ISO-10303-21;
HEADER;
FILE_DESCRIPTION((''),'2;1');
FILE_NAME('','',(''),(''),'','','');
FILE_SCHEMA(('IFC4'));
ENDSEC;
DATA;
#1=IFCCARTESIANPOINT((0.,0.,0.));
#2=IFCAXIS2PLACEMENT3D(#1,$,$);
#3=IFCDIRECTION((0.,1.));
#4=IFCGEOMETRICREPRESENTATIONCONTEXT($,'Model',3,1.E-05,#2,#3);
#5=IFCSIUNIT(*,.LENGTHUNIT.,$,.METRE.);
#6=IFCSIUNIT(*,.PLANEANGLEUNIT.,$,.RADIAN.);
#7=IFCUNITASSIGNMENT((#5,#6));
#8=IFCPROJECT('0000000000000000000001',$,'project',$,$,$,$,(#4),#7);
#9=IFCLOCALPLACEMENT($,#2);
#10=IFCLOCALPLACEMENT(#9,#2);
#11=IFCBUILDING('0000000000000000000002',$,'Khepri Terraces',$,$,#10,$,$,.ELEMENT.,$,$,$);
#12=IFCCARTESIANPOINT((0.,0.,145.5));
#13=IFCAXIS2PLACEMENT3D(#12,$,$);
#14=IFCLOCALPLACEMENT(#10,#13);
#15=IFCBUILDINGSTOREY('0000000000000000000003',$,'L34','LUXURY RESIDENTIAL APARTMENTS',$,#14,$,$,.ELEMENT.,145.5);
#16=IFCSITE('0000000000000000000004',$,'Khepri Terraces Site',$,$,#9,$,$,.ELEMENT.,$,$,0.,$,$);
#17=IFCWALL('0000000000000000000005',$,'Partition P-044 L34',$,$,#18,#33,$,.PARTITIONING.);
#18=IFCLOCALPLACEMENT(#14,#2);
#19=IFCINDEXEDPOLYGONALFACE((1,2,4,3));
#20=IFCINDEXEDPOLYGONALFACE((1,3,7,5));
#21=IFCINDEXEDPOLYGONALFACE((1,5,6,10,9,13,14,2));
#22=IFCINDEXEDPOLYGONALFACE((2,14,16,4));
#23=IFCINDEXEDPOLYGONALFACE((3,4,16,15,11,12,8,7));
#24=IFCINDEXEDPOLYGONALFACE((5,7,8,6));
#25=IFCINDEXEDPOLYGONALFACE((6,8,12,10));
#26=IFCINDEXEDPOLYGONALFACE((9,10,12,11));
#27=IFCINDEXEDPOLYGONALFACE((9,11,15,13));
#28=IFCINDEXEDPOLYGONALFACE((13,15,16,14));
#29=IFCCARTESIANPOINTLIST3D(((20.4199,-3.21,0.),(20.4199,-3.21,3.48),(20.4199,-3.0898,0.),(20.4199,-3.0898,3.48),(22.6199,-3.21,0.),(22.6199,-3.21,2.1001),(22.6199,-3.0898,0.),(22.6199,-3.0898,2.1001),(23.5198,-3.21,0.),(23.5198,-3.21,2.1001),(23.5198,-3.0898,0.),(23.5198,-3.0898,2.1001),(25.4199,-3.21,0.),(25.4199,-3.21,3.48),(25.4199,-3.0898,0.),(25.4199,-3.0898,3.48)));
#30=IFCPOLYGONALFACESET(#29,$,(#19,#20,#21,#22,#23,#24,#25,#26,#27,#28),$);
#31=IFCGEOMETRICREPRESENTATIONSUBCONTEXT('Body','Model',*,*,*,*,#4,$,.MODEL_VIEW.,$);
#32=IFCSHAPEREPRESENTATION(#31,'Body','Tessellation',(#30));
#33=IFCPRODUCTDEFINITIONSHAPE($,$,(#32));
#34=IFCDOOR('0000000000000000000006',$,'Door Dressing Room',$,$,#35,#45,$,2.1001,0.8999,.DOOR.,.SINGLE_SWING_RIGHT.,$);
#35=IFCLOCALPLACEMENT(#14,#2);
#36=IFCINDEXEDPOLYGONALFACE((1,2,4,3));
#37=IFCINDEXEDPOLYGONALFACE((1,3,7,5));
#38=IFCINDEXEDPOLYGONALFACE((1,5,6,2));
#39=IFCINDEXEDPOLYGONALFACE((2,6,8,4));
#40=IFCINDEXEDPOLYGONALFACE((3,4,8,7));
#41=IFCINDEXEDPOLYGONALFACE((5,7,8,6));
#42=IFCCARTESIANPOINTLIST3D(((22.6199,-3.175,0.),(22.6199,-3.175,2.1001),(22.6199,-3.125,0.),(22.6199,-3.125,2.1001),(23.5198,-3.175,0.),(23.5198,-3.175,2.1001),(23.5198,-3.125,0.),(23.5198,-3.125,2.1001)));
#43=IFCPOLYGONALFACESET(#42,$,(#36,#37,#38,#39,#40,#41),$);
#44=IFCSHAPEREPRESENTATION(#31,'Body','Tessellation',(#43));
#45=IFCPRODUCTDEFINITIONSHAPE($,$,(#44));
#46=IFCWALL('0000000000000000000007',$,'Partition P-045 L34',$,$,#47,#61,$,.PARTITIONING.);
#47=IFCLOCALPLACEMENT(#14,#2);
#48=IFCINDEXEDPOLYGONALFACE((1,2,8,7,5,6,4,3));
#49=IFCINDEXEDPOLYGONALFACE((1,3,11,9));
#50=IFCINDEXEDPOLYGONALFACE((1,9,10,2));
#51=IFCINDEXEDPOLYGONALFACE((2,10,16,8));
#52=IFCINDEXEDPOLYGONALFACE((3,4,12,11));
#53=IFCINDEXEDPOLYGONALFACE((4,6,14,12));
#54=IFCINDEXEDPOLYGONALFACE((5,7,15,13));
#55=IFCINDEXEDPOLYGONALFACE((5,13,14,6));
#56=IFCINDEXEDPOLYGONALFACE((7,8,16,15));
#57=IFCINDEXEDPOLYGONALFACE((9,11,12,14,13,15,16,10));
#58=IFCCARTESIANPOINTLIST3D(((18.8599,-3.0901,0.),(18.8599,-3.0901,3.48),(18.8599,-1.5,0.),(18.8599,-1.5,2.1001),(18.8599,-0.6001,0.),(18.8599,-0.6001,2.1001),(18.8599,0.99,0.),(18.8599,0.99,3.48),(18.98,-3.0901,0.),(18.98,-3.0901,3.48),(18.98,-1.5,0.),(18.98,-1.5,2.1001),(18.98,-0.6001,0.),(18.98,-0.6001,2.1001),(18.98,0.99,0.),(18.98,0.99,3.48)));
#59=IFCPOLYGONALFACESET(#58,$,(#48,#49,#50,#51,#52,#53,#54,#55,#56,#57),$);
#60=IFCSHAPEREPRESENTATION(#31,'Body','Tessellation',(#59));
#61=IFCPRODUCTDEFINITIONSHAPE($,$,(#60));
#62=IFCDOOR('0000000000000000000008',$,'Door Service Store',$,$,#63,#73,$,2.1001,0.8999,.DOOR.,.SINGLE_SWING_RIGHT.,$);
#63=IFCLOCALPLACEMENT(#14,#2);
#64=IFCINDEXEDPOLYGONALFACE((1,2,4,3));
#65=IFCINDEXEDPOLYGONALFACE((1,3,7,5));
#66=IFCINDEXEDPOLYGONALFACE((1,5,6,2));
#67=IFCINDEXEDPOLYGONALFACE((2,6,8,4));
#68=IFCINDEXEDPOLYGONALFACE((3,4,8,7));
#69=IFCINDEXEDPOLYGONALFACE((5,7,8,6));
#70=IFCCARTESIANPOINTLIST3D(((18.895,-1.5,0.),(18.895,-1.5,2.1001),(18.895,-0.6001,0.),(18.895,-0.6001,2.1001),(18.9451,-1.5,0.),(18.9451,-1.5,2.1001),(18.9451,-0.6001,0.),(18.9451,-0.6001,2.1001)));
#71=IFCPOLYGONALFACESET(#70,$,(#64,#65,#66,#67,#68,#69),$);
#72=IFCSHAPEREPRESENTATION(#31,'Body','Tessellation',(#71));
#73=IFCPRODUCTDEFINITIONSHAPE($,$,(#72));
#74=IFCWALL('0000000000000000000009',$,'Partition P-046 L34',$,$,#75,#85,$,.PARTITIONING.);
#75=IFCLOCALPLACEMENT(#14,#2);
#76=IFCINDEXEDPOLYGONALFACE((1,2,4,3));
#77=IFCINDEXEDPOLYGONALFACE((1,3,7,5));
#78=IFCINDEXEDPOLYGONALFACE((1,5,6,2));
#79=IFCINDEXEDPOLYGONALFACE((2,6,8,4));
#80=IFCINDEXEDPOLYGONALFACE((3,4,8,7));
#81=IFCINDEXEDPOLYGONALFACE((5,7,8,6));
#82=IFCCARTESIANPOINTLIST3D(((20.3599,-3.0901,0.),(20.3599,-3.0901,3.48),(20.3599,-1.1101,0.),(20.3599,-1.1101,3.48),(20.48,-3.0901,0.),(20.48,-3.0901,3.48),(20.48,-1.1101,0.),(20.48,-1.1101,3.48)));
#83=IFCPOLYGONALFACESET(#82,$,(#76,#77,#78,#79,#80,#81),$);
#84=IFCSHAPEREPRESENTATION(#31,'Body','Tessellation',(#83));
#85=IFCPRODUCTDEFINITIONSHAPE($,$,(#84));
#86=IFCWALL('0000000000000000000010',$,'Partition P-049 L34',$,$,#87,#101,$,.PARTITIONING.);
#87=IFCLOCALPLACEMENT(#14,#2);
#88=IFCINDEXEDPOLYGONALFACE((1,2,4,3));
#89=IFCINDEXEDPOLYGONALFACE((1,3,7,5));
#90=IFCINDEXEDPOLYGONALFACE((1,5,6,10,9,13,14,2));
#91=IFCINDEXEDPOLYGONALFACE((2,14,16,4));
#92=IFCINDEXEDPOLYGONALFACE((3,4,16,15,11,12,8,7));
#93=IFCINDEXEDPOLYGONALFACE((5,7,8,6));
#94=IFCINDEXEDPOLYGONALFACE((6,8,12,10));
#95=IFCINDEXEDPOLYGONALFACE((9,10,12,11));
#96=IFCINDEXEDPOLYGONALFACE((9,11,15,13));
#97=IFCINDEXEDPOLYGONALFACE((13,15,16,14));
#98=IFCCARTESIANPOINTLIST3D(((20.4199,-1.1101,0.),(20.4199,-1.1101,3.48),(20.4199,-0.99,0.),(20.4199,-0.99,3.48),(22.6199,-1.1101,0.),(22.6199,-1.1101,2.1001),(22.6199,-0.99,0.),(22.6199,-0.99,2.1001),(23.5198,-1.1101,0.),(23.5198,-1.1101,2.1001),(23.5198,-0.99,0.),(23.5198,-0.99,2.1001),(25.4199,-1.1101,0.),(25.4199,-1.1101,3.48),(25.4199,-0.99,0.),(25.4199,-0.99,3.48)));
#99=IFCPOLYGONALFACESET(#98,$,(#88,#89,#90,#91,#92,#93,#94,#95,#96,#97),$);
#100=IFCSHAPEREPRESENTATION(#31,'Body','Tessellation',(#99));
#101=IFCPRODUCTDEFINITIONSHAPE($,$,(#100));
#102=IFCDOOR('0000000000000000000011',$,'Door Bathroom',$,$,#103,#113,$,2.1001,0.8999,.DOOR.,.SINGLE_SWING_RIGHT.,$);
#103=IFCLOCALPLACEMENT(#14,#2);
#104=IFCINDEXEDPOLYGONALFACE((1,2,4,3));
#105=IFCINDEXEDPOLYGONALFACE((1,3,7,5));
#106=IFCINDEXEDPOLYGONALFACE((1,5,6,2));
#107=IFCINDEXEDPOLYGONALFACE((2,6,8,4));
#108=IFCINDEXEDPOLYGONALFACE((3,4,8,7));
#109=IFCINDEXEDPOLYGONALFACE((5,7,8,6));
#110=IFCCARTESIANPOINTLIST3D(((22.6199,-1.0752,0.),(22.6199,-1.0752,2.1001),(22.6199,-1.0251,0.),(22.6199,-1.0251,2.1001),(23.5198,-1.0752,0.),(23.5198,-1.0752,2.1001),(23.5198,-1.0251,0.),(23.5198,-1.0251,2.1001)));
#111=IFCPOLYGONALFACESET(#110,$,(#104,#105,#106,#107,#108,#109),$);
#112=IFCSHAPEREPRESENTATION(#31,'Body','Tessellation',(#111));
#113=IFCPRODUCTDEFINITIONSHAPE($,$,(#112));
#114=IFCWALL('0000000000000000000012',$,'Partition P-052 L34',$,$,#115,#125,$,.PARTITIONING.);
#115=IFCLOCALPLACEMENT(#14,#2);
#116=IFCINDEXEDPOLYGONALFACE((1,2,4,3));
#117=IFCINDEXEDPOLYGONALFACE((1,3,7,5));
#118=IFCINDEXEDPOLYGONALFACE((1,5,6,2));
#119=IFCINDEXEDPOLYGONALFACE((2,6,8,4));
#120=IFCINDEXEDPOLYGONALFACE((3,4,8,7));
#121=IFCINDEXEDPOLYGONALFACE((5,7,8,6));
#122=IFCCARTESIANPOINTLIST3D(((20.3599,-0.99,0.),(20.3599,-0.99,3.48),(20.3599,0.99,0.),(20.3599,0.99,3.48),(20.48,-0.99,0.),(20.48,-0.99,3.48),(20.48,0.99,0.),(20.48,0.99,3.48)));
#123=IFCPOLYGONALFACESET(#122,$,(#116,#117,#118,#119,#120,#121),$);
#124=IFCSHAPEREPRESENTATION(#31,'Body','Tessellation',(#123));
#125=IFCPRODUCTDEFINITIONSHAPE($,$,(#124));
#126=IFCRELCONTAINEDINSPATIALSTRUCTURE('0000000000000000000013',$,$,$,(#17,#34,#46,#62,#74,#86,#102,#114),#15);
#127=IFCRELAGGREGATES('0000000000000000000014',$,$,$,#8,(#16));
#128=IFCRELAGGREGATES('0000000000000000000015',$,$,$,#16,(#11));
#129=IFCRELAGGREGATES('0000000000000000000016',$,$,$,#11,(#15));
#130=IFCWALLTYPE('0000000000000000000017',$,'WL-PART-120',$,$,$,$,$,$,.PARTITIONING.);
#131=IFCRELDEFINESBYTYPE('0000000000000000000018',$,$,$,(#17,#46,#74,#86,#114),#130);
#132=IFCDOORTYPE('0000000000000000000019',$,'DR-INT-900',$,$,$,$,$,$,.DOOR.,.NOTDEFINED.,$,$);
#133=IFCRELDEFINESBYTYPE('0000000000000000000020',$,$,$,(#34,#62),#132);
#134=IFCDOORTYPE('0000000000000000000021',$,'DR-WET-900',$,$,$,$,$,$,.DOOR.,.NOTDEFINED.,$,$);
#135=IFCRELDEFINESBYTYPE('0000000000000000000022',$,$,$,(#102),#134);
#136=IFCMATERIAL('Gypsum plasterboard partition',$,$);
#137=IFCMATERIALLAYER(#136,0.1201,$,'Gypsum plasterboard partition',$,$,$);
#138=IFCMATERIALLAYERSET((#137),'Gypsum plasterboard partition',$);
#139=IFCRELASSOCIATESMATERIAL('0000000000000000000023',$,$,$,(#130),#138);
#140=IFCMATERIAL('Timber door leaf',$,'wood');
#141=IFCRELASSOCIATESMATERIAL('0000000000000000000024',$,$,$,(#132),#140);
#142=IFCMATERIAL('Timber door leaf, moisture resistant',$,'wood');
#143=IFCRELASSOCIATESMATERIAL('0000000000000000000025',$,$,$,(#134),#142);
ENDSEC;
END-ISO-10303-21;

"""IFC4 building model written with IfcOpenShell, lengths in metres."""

from ifc_helpers import new_model, si_unit, direction, frame, frame_2d, origin, place, context, subcontext, project, spatial, rectangle, extrude, material, layer, layer_set, type_object, element, fill, save


model = new_model("IFC4")

# Units and contexts
model_context = context("Model", 3, precision=1e-05, world=origin(), true_north=direction((0.0, 1.0)))
body_context = subcontext(model_context, "Body", "Model", "MODEL_VIEW")
ifc_project = project(units=[si_unit("LENGTHUNIT", "METRE"), si_unit("PLANEANGLEUNIT", "RADIAN")], contexts=[model_context])

# Site, building, storey
site_placement = place(None, origin())
site = spatial("IfcSite", under=ifc_project, at=site_placement, Name="Khepri Terraces Site", CompositionType="ELEMENT", RefElevation=0.0)
building_placement = place(site_placement, origin())
building = spatial("IfcBuilding", under=site, at=building_placement, Name="Khepri Terraces", CompositionType="ELEMENT")
storey_placement = place(building_placement, frame((0.0, 0.0, 145.5)))
storey = spatial("IfcBuildingStorey", under=building, at=storey_placement, Name="L34", Description="LUXURY RESIDENTIAL APARTMENTS", CompositionType="ELEMENT", Elevation=145.5)

# Shared definitions
ifc_material_1 = material(Name="Gypsum plasterboard partition")
ifc_layer_1 = layer(ifc_material_1, 0.1201, Name="Gypsum plasterboard partition")
ifc_layer_set_1 = layer_set([ifc_layer_1], Name="Gypsum plasterboard partition")
wall_type_1 = type_object("IfcWallType", Name="WL-PART-120", PredefinedType="PARTITIONING", material=ifc_layer_set_1)

# Shared definitions
ifc_material_2 = material(Name="Timber door leaf", Category="wood")
door_type_1 = type_object("IfcDoorType", Name="DR-INT-900", OperationType="NOTDEFINED", PredefinedType="DOOR", material=ifc_material_2)

# Walls, openings, doors
wall_1_placement = place(storey_placement, frame((20.4199, -3.1499, 0.0), z_axis=(0.0, 0.0, 1.0), x_axis=(1.0, 0.0, 0.0)))
wall_1 = element("IfcWall", 1, at=wall_1_placement, inside=storey, type_object=wall_type_1, Name="Partition P-044 L34", PredefinedType="PARTITIONING", context=body_context, shape_type="SweptSolid", body=[
    extrude(rectangle(XDim=5.0, YDim=0.1201, at=frame_2d((2.5, 0.0))), origin(), (0.0, 0.0, 1.0), 3.48),
])
opening_1_placement = place(wall_1_placement, frame((2.2, 0.0, 0.0)))
opening_1 = element("IfcOpeningElement", 2, at=opening_1_placement, cuts=wall_1, PredefinedType="OPENING", context=body_context, shape_type="SweptSolid", body=[
    extrude(rectangle(XDim=0.8999, YDim=2.1001, at=frame_2d((0.45, 1.05))), frame((0.0, 0.0701, 0.0), z_axis=(0.0, -1.0, 0.0), x_axis=(1.0, 0.0, 0.0)), (0.0, 0.0, 1.0), 0.1401),
])
door_1_placement = place(opening_1_placement, origin())
door_1 = element("IfcDoor", 3, at=door_1_placement, inside=storey, type_object=door_type_1, Name="Door Dressing Room", OperationType="SINGLE_SWING_RIGHT", OverallHeight=2.1001, OverallWidth=0.8999, PredefinedType="DOOR", context=body_context, shape_type="SweptSolid", body=[
    extrude(rectangle(XDim=0.8999, YDim=2.1001, at=frame_2d((0.45, 1.05))), frame((0.0, 0.0249, 0.0), z_axis=(0.0, -1.0, 0.0), x_axis=(1.0, 0.0, 0.0)), (0.0, 0.0, 1.0), 0.05),
])
fill(opening_1, door_1)
wall_2_placement = place(storey_placement, frame((18.9199, -3.0901, 0.0), z_axis=(0.0, 0.0, 1.0), x_axis=(0.0, 1.0, 0.0)))
wall_2 = element("IfcWall", 4, at=wall_2_placement, inside=storey, type_object=wall_type_1, Name="Partition P-045 L34", PredefinedType="PARTITIONING", context=body_context, shape_type="SweptSolid", body=[
    extrude(rectangle(XDim=4.0801, YDim=0.1201, at=frame_2d((2.04, 0.0))), origin(), (0.0, 0.0, 1.0), 3.48),
])
opening_2_placement = place(wall_2_placement, frame((1.5901, 0.0, 0.0)))
opening_2 = element("IfcOpeningElement", 5, at=opening_2_placement, cuts=wall_2, PredefinedType="OPENING", context=body_context, shape_type="SweptSolid", body=[
    extrude(rectangle(XDim=0.8999, YDim=2.1001, at=frame_2d((0.45, 1.05))), frame((0.0, 0.0701, 0.0), z_axis=(0.0, -1.0, 0.0), x_axis=(1.0, 0.0, 0.0)), (0.0, 0.0, 1.0), 0.1401),
])
door_2_placement = place(opening_2_placement, origin())
door_2 = element("IfcDoor", 6, at=door_2_placement, inside=storey, type_object=door_type_1, Name="Door Service Store", OperationType="SINGLE_SWING_RIGHT", OverallHeight=2.1001, OverallWidth=0.8999, PredefinedType="DOOR", context=body_context, shape_type="SweptSolid", body=[
    extrude(rectangle(XDim=0.8999, YDim=2.1001, at=frame_2d((0.45, 1.05))), frame((0.0, 0.0249, 0.0), z_axis=(0.0, -1.0, 0.0), x_axis=(1.0, 0.0, 0.0)), (0.0, 0.0, 1.0), 0.05),
])
fill(opening_2, door_2)

# Wall
wall_3_placement = place(storey_placement, frame((20.4199, -3.0901, 0.0), z_axis=(0.0, 0.0, 1.0), x_axis=(0.0, 1.0, 0.0)))
element("IfcWall", 7, at=wall_3_placement, inside=storey, type_object=wall_type_1, Name="Partition P-046 L34", PredefinedType="PARTITIONING", context=body_context, shape_type="SweptSolid", body=[
    extrude(rectangle(XDim=1.98, YDim=0.1201, at=frame_2d((0.99, 0.0))), origin(), (0.0, 0.0, 1.0), 3.48),
])

# Wall, opening, door
wall_4_placement = place(storey_placement, frame((20.4199, -1.05, 0.0), z_axis=(0.0, 0.0, 1.0), x_axis=(1.0, 0.0, 0.0)))
wall_4 = element("IfcWall", 8, at=wall_4_placement, inside=storey, type_object=wall_type_1, Name="Partition P-049 L34", PredefinedType="PARTITIONING", context=body_context, shape_type="SweptSolid", body=[
    extrude(rectangle(XDim=5.0, YDim=0.1201, at=frame_2d((2.5, 0.0))), origin(), (0.0, 0.0, 1.0), 3.48),
])
opening_3_placement = place(wall_4_placement, frame((2.2, 0.0, 0.0)))
opening_3 = element("IfcOpeningElement", 9, at=opening_3_placement, cuts=wall_4, PredefinedType="OPENING", context=body_context, shape_type="SweptSolid", body=[
    extrude(rectangle(XDim=0.8999, YDim=2.1001, at=frame_2d((0.45, 1.05))), frame((0.0, 0.0701, 0.0), z_axis=(0.0, -1.0, 0.0), x_axis=(1.0, 0.0, 0.0)), (0.0, 0.0, 1.0), 0.1401),
])
ifc_material_3 = material(Name="Timber door leaf, moisture resistant", Category="wood")
door_type_2 = type_object("IfcDoorType", Name="DR-WET-900", OperationType="NOTDEFINED", PredefinedType="DOOR", material=ifc_material_3)
door_3_placement = place(opening_3_placement, origin())
door_3 = element("IfcDoor", 10, at=door_3_placement, inside=storey, type_object=door_type_2, Name="Door Bathroom", OperationType="SINGLE_SWING_RIGHT", OverallHeight=2.1001, OverallWidth=0.8999, PredefinedType="DOOR", context=body_context, shape_type="SweptSolid", body=[
    extrude(rectangle(XDim=0.8999, YDim=2.1001, at=frame_2d((0.45, 1.05))), frame((0.0, 0.0249, 0.0), z_axis=(0.0, -1.0, 0.0), x_axis=(1.0, 0.0, 0.0)), (0.0, 0.0, 1.0), 0.05),
])
fill(opening_3, door_3)

# Wall
wall_5_placement = place(storey_placement, frame((20.4199, -0.99, 0.0), z_axis=(0.0, 0.0, 1.0), x_axis=(0.0, 1.0, 0.0)))
element("IfcWall", 11, at=wall_5_placement, inside=storey, type_object=wall_type_1, Name="Partition P-052 L34", PredefinedType="PARTITIONING", context=body_context, shape_type="SweptSolid", body=[
    extrude(rectangle(XDim=1.98, YDim=0.1201, at=frame_2d((0.99, 0.0))), origin(), (0.0, 0.0, 1.0), 3.48),
])

save(model, "model.ifc")
